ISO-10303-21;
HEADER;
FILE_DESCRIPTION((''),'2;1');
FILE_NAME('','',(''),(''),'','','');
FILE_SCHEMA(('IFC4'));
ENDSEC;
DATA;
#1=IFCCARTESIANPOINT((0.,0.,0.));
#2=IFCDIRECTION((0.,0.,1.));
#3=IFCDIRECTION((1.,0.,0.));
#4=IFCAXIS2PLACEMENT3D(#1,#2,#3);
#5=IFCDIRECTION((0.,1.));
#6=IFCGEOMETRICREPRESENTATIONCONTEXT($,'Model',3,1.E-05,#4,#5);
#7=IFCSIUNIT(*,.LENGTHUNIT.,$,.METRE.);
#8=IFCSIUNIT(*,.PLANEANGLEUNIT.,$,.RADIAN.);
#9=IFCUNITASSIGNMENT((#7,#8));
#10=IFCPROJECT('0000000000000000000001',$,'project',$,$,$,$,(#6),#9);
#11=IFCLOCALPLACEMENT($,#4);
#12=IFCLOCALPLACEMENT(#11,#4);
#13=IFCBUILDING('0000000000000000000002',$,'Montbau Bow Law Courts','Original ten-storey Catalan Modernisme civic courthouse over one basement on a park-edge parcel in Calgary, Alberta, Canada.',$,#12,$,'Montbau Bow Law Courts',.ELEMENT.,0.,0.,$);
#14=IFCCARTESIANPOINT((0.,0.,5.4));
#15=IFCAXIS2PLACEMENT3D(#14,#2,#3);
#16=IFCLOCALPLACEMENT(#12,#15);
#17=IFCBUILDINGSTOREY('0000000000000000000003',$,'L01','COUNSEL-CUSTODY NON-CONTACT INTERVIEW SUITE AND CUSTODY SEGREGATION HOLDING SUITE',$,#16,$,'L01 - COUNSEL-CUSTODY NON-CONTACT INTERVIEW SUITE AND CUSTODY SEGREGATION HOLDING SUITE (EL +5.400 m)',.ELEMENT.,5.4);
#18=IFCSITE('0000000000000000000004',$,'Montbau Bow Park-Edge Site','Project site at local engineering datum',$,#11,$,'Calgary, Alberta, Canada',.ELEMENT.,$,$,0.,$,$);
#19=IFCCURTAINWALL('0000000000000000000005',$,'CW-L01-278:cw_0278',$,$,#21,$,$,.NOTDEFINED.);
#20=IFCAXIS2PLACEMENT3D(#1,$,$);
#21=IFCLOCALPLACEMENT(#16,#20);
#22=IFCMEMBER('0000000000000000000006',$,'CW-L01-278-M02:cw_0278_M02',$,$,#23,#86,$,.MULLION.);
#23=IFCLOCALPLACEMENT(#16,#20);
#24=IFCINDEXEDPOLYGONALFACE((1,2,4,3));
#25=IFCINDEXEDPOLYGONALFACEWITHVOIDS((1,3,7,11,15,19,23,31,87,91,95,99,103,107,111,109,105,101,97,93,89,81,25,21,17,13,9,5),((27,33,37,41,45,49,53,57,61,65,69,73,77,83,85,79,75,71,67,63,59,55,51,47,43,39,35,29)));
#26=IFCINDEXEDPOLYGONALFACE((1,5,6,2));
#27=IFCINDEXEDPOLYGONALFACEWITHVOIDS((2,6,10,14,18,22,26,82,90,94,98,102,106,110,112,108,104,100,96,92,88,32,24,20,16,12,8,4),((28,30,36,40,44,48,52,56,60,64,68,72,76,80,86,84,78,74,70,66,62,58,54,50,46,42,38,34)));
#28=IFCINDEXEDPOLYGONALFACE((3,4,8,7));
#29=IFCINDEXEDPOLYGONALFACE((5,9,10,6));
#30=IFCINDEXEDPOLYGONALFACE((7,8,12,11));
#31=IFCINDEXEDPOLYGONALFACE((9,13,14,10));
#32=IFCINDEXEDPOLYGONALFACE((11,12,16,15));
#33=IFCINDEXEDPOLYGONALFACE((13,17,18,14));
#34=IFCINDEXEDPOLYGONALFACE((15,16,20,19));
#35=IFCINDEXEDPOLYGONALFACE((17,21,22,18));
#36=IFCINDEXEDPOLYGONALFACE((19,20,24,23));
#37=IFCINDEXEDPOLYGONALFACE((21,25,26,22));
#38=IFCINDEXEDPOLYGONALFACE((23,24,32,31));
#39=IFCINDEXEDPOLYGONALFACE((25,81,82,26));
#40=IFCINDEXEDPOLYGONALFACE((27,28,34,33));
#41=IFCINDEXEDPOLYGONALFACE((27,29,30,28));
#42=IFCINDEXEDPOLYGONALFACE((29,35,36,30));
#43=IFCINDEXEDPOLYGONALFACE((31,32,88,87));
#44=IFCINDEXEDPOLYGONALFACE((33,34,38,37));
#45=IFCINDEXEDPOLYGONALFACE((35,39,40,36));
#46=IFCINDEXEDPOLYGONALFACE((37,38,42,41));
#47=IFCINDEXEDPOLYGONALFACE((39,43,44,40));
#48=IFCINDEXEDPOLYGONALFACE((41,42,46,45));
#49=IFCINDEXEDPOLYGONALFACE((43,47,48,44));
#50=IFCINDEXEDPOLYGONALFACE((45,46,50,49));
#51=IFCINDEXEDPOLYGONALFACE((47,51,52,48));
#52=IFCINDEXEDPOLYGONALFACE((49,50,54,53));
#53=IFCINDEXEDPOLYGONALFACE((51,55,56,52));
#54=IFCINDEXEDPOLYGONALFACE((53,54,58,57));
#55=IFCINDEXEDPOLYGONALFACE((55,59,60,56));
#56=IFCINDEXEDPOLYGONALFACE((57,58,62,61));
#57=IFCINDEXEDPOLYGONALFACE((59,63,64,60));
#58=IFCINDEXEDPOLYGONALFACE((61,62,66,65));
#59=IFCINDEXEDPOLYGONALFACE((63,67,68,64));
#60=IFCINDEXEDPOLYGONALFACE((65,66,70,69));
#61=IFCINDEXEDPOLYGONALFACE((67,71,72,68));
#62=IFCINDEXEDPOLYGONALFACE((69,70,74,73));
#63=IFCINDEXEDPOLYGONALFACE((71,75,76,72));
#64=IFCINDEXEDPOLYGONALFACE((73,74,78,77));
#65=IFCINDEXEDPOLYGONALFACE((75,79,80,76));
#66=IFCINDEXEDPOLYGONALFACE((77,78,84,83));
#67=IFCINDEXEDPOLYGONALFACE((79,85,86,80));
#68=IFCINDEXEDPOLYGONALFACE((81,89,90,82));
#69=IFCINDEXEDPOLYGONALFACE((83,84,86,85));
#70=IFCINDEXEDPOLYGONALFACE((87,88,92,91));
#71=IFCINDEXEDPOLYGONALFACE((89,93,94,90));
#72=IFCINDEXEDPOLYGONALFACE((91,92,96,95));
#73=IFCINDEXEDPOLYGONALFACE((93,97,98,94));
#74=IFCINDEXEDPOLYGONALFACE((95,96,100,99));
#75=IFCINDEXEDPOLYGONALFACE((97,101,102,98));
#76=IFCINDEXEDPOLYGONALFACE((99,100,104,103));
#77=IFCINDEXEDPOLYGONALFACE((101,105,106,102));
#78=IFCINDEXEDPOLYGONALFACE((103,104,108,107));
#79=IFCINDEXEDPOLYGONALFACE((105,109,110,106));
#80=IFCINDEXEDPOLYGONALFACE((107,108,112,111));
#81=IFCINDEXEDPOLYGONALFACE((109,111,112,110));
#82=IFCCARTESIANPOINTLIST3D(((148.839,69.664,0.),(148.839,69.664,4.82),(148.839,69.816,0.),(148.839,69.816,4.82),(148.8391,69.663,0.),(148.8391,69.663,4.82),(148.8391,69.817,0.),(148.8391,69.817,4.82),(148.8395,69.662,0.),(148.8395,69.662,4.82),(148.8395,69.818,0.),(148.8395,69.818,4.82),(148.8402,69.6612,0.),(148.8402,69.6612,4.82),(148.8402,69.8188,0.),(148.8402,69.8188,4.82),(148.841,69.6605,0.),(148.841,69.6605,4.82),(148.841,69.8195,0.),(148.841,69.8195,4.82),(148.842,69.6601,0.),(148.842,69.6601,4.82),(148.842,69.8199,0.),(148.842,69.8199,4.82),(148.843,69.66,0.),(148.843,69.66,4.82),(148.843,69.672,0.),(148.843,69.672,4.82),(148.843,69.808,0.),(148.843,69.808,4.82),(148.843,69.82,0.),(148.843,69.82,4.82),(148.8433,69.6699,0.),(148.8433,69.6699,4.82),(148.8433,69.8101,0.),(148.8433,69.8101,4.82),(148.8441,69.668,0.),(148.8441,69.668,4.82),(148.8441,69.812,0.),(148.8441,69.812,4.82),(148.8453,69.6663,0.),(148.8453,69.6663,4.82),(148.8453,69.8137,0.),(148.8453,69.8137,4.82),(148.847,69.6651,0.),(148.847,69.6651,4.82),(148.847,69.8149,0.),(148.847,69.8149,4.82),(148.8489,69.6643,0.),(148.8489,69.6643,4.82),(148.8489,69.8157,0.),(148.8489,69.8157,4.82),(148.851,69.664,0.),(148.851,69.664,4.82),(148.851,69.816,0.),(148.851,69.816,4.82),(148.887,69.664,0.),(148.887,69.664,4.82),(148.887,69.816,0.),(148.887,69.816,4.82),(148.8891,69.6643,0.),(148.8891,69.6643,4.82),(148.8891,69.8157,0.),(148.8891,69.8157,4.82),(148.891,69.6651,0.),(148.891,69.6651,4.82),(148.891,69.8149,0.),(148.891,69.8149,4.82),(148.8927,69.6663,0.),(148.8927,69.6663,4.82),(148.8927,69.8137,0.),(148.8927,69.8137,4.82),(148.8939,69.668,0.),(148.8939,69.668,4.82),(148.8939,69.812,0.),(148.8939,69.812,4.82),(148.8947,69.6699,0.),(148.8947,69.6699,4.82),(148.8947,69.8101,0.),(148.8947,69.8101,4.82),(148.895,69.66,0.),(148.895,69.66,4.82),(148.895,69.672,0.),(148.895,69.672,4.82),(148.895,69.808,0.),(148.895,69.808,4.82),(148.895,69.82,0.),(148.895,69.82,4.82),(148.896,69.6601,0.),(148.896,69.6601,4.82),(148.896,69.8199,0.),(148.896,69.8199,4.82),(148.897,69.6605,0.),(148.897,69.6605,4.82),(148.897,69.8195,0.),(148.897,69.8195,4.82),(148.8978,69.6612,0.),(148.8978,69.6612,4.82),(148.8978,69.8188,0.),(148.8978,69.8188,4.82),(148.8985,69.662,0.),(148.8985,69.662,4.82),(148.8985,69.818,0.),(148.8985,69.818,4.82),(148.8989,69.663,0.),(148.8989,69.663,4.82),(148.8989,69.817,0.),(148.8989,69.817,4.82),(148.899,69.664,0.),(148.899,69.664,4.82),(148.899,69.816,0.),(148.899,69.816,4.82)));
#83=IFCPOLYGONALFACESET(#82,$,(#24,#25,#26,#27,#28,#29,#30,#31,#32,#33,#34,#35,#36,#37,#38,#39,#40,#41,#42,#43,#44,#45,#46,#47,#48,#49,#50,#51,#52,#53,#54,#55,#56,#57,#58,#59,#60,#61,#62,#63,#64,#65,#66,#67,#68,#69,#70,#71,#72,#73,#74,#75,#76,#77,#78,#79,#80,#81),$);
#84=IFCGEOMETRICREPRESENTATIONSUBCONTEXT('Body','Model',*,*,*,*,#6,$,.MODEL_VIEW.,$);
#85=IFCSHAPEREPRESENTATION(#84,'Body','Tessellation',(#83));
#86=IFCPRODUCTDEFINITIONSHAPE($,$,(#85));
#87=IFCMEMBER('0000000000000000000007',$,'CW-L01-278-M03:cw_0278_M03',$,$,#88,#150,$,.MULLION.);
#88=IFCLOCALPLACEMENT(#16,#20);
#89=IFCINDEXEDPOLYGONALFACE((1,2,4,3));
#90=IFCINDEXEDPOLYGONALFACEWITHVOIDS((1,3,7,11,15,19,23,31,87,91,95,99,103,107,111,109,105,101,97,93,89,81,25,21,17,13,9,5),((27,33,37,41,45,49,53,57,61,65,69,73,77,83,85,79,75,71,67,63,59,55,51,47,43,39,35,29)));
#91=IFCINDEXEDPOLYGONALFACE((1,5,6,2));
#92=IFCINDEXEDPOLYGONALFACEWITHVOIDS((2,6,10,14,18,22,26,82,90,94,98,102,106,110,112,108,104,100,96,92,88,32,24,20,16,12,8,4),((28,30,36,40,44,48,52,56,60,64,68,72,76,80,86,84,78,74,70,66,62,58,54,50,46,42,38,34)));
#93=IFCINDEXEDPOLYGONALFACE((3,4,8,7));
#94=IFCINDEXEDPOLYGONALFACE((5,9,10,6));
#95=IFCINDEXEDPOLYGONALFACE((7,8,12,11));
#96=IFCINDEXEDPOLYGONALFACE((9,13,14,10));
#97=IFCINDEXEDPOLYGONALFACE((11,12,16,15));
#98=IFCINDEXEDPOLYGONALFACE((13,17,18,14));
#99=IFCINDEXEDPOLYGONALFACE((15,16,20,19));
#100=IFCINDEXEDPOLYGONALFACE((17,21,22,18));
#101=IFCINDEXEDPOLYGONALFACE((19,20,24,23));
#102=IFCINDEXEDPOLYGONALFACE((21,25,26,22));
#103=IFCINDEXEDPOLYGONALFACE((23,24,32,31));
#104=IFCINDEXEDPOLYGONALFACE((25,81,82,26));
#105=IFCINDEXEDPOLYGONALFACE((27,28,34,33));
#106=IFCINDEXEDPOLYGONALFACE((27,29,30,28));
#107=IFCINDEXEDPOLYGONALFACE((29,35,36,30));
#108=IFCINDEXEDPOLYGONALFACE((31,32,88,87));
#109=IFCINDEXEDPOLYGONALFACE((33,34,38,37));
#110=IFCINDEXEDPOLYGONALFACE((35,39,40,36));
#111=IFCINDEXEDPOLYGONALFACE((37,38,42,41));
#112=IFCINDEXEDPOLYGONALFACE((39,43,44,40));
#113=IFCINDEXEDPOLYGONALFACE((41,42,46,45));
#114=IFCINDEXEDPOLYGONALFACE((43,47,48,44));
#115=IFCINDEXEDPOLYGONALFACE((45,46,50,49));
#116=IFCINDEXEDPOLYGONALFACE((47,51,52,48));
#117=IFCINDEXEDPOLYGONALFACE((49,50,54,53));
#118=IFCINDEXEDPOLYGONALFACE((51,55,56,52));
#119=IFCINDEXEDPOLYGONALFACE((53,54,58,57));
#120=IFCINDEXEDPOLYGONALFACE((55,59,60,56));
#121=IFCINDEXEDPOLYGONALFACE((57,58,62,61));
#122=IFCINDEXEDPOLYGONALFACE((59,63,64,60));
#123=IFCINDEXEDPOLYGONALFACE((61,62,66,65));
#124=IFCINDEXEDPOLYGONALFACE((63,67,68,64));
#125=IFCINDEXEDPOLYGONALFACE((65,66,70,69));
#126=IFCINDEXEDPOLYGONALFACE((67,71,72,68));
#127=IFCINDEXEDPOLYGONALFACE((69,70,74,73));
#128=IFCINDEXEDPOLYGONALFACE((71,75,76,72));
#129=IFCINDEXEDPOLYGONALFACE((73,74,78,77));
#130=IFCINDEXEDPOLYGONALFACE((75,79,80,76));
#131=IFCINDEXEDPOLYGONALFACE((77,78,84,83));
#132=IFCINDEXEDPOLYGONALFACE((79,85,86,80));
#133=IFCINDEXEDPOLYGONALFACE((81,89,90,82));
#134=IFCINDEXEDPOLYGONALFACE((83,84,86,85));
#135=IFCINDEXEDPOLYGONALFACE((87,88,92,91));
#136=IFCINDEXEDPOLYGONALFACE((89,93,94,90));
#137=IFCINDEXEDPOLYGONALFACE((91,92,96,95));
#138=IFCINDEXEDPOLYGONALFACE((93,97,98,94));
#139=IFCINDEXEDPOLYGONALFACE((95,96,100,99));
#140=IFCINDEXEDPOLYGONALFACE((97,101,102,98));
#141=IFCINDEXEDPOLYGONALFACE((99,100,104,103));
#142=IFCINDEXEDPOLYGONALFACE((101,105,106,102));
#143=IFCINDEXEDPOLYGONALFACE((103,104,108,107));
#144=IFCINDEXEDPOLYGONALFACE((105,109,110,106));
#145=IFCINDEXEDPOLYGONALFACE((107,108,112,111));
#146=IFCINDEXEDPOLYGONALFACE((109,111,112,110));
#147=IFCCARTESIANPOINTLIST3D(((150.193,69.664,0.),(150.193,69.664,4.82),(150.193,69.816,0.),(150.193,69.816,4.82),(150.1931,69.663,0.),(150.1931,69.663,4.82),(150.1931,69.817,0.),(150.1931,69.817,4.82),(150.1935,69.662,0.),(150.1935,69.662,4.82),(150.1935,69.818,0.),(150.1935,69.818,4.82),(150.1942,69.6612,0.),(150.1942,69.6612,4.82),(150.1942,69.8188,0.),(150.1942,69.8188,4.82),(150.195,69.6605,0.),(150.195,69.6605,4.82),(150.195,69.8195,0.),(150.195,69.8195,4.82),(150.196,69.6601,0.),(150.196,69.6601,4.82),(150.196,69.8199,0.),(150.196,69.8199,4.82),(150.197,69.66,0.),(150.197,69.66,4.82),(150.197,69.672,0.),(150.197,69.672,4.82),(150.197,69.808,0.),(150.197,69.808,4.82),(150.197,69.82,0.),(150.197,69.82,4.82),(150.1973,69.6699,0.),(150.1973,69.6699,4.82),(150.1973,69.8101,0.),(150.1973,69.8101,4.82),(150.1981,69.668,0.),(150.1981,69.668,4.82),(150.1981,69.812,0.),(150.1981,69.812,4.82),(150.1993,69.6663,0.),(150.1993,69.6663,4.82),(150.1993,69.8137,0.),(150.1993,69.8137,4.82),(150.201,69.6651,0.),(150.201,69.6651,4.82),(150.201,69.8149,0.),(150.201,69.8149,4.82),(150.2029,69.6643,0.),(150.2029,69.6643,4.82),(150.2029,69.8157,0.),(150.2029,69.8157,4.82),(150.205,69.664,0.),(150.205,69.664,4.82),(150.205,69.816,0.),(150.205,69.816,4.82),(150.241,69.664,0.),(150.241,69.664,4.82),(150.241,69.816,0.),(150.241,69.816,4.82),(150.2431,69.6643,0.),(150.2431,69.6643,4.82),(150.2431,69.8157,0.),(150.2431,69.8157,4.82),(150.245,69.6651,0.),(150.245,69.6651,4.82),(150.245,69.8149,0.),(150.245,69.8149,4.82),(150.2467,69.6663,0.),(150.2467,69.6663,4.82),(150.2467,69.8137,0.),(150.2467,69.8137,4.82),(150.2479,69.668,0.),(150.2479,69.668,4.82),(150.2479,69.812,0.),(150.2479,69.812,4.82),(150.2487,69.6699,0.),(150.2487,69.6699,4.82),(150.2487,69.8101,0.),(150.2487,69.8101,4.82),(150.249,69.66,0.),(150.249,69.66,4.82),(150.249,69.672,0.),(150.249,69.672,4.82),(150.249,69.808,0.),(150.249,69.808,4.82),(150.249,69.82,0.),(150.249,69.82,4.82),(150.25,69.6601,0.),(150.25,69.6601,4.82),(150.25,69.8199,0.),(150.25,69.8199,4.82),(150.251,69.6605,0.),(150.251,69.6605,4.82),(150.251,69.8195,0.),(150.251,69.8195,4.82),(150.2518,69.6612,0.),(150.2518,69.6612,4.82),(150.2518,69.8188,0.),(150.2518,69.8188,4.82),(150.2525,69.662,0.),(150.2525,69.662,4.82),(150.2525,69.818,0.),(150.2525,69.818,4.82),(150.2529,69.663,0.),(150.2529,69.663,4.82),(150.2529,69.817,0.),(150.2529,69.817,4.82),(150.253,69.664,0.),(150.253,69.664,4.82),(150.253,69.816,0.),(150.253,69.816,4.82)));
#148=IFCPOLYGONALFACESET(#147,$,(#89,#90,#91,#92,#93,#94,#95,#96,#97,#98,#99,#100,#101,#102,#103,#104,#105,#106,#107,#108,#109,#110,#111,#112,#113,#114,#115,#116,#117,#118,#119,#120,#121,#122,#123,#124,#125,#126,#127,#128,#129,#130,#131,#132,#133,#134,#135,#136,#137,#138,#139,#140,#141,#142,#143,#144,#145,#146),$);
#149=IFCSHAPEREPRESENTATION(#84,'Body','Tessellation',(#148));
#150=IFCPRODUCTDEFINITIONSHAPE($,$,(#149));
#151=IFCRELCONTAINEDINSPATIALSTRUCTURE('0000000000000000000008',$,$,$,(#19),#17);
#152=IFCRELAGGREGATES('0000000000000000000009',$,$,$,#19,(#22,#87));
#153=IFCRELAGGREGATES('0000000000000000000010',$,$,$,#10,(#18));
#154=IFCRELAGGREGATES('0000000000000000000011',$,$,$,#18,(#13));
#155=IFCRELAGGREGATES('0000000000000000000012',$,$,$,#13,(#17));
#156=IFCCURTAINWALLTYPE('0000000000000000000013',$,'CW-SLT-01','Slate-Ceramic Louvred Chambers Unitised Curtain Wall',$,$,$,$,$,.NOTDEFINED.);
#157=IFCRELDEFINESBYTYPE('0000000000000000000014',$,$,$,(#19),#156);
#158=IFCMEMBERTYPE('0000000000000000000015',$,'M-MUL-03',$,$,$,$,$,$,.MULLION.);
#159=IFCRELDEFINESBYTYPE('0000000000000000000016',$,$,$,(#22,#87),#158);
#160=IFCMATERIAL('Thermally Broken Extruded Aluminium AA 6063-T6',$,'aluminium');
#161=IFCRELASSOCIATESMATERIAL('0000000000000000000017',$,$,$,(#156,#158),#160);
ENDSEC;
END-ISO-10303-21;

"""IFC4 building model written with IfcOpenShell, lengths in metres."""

from ifc_helpers import new_model, si_unit, direction, frame, origin_with_axes, origin_2d_with_axis, place, context, subcontext, project, spatial, hollow_rectangle, extrude, material, material_profile, profile_set, type_object, element, aggregate, save


model = new_model("IFC4")

# Units and contexts
model_context = context("Model", 3, precision=1e-05, world=origin_with_axes(), true_north=direction((0.0, 1.0)))
body_context = subcontext(model_context, "Body", "Model", "MODEL_VIEW")
ifc_project = project(units=[si_unit("LENGTHUNIT", "METRE"), si_unit("PLANEANGLEUNIT", "RADIAN")], contexts=[model_context])

# Site, building, storey
site_placement = place(None, origin_with_axes())
site = spatial("IfcSite", under=ifc_project, at=site_placement, Name="Montbau Bow Park-Edge Site", Description="Project site at local engineering datum", LongName="Calgary, Alberta, Canada", CompositionType="ELEMENT", RefElevation=0.0)
building_placement = place(site_placement, origin_with_axes())
building = spatial("IfcBuilding", under=site, at=building_placement, Name="Montbau Bow Law Courts", Description="Original ten-storey Catalan Modernisme civic courthouse over one basement on a park-edge parcel in Calgary, Alberta, Canada.", LongName="Montbau Bow Law Courts", CompositionType="ELEMENT", ElevationOfRefHeight=0.0, ElevationOfTerrain=0.0)
storey_placement = place(building_placement, frame((0.0, 0.0, 5.4), z_axis=(0.0, 0.0, 1.0), x_axis=(1.0, 0.0, 0.0)))
storey = spatial("IfcBuildingStorey", under=building, at=storey_placement, Name="L01", Description="COUNSEL-CUSTODY NON-CONTACT INTERVIEW SUITE AND CUSTODY SEGREGATION HOLDING SUITE", LongName="L01 - COUNSEL-CUSTODY NON-CONTACT INTERVIEW SUITE AND CUSTODY SEGREGATION HOLDING SUITE (EL +5.400 m)", CompositionType="ELEMENT", Elevation=5.4)

# Curtain wall, members
ifc_material_1 = material(Name="Thermally Broken Extruded Aluminium AA 6063-T6", Category="aluminium")
curtain_wall_type = type_object("IfcCurtainWallType", Name="CW-SLT-01", Description="Slate-Ceramic Louvred Chambers Unitised Curtain Wall", PredefinedType="NOTDEFINED", material=ifc_material_1)
curtain_wall_placement = place(None, frame((147.515, 69.74, 5.4), z_axis=(0.0, 0.0, 1.0), x_axis=(1.0, 0.0, 0.0)))
curtain_wall = element("IfcCurtainWall", 1, at=curtain_wall_placement, inside=storey, type_object=curtain_wall_type, Name="CW-L01-278:cw_0278", PredefinedType="NOTDEFINED")
ifc_material_profile_1 = material_profile(ifc_material_1, hollow_rectangle(XDim=0.06, YDim=0.16, WallThickness=0.004, InnerFilletRadius=0.008, OuterFilletRadius=0.004, at=origin_2d_with_axis()), Name="CWM-160X60", Category="Main", Priority=0)
ifc_profile_set_1 = profile_set([ifc_material_profile_1], Name="Thermally Broken Extruded Aluminium AA 6063-T6")
member_type_1 = type_object("IfcMemberType", Name="M-MUL-03", PredefinedType="MULLION", material=ifc_profile_set_1)
member_1_placement = place(None, frame((148.869, 69.74, 5.4), z_axis=(0.0, 0.0, 1.0), x_axis=(1.0, 0.0, 0.0)))
member_1 = element("IfcMember", 2, at=member_1_placement, type_object=member_type_1, Name="CW-L01-278-M02:cw_0278_M02", PredefinedType="MULLION", context=body_context, shape_type="SweptSolid", body=[
    extrude(hollow_rectangle(XDim=0.06, YDim=0.16, WallThickness=0.004, InnerFilletRadius=0.008, OuterFilletRadius=0.004, at=origin_2d_with_axis()), origin_with_axes(), (0.0, 0.0, 1.0), 4.82),
])
member_2_placement = place(None, frame((150.223, 69.74, 5.4), z_axis=(0.0, 0.0, 1.0), x_axis=(1.0, 0.0, 0.0)))
member_2 = element("IfcMember", 3, at=member_2_placement, type_object=member_type_1, Name="CW-L01-278-M03:cw_0278_M03", PredefinedType="MULLION", context=body_context, shape_type="SweptSolid", body=[
    extrude(hollow_rectangle(XDim=0.06, YDim=0.16, WallThickness=0.004, InnerFilletRadius=0.008, OuterFilletRadius=0.004, at=origin_2d_with_axis()), origin_with_axes(), (0.0, 0.0, 1.0), 4.82),
])
aggregate(curtain_wall, [member_1, member_2])

save(model, "model.ifc")
